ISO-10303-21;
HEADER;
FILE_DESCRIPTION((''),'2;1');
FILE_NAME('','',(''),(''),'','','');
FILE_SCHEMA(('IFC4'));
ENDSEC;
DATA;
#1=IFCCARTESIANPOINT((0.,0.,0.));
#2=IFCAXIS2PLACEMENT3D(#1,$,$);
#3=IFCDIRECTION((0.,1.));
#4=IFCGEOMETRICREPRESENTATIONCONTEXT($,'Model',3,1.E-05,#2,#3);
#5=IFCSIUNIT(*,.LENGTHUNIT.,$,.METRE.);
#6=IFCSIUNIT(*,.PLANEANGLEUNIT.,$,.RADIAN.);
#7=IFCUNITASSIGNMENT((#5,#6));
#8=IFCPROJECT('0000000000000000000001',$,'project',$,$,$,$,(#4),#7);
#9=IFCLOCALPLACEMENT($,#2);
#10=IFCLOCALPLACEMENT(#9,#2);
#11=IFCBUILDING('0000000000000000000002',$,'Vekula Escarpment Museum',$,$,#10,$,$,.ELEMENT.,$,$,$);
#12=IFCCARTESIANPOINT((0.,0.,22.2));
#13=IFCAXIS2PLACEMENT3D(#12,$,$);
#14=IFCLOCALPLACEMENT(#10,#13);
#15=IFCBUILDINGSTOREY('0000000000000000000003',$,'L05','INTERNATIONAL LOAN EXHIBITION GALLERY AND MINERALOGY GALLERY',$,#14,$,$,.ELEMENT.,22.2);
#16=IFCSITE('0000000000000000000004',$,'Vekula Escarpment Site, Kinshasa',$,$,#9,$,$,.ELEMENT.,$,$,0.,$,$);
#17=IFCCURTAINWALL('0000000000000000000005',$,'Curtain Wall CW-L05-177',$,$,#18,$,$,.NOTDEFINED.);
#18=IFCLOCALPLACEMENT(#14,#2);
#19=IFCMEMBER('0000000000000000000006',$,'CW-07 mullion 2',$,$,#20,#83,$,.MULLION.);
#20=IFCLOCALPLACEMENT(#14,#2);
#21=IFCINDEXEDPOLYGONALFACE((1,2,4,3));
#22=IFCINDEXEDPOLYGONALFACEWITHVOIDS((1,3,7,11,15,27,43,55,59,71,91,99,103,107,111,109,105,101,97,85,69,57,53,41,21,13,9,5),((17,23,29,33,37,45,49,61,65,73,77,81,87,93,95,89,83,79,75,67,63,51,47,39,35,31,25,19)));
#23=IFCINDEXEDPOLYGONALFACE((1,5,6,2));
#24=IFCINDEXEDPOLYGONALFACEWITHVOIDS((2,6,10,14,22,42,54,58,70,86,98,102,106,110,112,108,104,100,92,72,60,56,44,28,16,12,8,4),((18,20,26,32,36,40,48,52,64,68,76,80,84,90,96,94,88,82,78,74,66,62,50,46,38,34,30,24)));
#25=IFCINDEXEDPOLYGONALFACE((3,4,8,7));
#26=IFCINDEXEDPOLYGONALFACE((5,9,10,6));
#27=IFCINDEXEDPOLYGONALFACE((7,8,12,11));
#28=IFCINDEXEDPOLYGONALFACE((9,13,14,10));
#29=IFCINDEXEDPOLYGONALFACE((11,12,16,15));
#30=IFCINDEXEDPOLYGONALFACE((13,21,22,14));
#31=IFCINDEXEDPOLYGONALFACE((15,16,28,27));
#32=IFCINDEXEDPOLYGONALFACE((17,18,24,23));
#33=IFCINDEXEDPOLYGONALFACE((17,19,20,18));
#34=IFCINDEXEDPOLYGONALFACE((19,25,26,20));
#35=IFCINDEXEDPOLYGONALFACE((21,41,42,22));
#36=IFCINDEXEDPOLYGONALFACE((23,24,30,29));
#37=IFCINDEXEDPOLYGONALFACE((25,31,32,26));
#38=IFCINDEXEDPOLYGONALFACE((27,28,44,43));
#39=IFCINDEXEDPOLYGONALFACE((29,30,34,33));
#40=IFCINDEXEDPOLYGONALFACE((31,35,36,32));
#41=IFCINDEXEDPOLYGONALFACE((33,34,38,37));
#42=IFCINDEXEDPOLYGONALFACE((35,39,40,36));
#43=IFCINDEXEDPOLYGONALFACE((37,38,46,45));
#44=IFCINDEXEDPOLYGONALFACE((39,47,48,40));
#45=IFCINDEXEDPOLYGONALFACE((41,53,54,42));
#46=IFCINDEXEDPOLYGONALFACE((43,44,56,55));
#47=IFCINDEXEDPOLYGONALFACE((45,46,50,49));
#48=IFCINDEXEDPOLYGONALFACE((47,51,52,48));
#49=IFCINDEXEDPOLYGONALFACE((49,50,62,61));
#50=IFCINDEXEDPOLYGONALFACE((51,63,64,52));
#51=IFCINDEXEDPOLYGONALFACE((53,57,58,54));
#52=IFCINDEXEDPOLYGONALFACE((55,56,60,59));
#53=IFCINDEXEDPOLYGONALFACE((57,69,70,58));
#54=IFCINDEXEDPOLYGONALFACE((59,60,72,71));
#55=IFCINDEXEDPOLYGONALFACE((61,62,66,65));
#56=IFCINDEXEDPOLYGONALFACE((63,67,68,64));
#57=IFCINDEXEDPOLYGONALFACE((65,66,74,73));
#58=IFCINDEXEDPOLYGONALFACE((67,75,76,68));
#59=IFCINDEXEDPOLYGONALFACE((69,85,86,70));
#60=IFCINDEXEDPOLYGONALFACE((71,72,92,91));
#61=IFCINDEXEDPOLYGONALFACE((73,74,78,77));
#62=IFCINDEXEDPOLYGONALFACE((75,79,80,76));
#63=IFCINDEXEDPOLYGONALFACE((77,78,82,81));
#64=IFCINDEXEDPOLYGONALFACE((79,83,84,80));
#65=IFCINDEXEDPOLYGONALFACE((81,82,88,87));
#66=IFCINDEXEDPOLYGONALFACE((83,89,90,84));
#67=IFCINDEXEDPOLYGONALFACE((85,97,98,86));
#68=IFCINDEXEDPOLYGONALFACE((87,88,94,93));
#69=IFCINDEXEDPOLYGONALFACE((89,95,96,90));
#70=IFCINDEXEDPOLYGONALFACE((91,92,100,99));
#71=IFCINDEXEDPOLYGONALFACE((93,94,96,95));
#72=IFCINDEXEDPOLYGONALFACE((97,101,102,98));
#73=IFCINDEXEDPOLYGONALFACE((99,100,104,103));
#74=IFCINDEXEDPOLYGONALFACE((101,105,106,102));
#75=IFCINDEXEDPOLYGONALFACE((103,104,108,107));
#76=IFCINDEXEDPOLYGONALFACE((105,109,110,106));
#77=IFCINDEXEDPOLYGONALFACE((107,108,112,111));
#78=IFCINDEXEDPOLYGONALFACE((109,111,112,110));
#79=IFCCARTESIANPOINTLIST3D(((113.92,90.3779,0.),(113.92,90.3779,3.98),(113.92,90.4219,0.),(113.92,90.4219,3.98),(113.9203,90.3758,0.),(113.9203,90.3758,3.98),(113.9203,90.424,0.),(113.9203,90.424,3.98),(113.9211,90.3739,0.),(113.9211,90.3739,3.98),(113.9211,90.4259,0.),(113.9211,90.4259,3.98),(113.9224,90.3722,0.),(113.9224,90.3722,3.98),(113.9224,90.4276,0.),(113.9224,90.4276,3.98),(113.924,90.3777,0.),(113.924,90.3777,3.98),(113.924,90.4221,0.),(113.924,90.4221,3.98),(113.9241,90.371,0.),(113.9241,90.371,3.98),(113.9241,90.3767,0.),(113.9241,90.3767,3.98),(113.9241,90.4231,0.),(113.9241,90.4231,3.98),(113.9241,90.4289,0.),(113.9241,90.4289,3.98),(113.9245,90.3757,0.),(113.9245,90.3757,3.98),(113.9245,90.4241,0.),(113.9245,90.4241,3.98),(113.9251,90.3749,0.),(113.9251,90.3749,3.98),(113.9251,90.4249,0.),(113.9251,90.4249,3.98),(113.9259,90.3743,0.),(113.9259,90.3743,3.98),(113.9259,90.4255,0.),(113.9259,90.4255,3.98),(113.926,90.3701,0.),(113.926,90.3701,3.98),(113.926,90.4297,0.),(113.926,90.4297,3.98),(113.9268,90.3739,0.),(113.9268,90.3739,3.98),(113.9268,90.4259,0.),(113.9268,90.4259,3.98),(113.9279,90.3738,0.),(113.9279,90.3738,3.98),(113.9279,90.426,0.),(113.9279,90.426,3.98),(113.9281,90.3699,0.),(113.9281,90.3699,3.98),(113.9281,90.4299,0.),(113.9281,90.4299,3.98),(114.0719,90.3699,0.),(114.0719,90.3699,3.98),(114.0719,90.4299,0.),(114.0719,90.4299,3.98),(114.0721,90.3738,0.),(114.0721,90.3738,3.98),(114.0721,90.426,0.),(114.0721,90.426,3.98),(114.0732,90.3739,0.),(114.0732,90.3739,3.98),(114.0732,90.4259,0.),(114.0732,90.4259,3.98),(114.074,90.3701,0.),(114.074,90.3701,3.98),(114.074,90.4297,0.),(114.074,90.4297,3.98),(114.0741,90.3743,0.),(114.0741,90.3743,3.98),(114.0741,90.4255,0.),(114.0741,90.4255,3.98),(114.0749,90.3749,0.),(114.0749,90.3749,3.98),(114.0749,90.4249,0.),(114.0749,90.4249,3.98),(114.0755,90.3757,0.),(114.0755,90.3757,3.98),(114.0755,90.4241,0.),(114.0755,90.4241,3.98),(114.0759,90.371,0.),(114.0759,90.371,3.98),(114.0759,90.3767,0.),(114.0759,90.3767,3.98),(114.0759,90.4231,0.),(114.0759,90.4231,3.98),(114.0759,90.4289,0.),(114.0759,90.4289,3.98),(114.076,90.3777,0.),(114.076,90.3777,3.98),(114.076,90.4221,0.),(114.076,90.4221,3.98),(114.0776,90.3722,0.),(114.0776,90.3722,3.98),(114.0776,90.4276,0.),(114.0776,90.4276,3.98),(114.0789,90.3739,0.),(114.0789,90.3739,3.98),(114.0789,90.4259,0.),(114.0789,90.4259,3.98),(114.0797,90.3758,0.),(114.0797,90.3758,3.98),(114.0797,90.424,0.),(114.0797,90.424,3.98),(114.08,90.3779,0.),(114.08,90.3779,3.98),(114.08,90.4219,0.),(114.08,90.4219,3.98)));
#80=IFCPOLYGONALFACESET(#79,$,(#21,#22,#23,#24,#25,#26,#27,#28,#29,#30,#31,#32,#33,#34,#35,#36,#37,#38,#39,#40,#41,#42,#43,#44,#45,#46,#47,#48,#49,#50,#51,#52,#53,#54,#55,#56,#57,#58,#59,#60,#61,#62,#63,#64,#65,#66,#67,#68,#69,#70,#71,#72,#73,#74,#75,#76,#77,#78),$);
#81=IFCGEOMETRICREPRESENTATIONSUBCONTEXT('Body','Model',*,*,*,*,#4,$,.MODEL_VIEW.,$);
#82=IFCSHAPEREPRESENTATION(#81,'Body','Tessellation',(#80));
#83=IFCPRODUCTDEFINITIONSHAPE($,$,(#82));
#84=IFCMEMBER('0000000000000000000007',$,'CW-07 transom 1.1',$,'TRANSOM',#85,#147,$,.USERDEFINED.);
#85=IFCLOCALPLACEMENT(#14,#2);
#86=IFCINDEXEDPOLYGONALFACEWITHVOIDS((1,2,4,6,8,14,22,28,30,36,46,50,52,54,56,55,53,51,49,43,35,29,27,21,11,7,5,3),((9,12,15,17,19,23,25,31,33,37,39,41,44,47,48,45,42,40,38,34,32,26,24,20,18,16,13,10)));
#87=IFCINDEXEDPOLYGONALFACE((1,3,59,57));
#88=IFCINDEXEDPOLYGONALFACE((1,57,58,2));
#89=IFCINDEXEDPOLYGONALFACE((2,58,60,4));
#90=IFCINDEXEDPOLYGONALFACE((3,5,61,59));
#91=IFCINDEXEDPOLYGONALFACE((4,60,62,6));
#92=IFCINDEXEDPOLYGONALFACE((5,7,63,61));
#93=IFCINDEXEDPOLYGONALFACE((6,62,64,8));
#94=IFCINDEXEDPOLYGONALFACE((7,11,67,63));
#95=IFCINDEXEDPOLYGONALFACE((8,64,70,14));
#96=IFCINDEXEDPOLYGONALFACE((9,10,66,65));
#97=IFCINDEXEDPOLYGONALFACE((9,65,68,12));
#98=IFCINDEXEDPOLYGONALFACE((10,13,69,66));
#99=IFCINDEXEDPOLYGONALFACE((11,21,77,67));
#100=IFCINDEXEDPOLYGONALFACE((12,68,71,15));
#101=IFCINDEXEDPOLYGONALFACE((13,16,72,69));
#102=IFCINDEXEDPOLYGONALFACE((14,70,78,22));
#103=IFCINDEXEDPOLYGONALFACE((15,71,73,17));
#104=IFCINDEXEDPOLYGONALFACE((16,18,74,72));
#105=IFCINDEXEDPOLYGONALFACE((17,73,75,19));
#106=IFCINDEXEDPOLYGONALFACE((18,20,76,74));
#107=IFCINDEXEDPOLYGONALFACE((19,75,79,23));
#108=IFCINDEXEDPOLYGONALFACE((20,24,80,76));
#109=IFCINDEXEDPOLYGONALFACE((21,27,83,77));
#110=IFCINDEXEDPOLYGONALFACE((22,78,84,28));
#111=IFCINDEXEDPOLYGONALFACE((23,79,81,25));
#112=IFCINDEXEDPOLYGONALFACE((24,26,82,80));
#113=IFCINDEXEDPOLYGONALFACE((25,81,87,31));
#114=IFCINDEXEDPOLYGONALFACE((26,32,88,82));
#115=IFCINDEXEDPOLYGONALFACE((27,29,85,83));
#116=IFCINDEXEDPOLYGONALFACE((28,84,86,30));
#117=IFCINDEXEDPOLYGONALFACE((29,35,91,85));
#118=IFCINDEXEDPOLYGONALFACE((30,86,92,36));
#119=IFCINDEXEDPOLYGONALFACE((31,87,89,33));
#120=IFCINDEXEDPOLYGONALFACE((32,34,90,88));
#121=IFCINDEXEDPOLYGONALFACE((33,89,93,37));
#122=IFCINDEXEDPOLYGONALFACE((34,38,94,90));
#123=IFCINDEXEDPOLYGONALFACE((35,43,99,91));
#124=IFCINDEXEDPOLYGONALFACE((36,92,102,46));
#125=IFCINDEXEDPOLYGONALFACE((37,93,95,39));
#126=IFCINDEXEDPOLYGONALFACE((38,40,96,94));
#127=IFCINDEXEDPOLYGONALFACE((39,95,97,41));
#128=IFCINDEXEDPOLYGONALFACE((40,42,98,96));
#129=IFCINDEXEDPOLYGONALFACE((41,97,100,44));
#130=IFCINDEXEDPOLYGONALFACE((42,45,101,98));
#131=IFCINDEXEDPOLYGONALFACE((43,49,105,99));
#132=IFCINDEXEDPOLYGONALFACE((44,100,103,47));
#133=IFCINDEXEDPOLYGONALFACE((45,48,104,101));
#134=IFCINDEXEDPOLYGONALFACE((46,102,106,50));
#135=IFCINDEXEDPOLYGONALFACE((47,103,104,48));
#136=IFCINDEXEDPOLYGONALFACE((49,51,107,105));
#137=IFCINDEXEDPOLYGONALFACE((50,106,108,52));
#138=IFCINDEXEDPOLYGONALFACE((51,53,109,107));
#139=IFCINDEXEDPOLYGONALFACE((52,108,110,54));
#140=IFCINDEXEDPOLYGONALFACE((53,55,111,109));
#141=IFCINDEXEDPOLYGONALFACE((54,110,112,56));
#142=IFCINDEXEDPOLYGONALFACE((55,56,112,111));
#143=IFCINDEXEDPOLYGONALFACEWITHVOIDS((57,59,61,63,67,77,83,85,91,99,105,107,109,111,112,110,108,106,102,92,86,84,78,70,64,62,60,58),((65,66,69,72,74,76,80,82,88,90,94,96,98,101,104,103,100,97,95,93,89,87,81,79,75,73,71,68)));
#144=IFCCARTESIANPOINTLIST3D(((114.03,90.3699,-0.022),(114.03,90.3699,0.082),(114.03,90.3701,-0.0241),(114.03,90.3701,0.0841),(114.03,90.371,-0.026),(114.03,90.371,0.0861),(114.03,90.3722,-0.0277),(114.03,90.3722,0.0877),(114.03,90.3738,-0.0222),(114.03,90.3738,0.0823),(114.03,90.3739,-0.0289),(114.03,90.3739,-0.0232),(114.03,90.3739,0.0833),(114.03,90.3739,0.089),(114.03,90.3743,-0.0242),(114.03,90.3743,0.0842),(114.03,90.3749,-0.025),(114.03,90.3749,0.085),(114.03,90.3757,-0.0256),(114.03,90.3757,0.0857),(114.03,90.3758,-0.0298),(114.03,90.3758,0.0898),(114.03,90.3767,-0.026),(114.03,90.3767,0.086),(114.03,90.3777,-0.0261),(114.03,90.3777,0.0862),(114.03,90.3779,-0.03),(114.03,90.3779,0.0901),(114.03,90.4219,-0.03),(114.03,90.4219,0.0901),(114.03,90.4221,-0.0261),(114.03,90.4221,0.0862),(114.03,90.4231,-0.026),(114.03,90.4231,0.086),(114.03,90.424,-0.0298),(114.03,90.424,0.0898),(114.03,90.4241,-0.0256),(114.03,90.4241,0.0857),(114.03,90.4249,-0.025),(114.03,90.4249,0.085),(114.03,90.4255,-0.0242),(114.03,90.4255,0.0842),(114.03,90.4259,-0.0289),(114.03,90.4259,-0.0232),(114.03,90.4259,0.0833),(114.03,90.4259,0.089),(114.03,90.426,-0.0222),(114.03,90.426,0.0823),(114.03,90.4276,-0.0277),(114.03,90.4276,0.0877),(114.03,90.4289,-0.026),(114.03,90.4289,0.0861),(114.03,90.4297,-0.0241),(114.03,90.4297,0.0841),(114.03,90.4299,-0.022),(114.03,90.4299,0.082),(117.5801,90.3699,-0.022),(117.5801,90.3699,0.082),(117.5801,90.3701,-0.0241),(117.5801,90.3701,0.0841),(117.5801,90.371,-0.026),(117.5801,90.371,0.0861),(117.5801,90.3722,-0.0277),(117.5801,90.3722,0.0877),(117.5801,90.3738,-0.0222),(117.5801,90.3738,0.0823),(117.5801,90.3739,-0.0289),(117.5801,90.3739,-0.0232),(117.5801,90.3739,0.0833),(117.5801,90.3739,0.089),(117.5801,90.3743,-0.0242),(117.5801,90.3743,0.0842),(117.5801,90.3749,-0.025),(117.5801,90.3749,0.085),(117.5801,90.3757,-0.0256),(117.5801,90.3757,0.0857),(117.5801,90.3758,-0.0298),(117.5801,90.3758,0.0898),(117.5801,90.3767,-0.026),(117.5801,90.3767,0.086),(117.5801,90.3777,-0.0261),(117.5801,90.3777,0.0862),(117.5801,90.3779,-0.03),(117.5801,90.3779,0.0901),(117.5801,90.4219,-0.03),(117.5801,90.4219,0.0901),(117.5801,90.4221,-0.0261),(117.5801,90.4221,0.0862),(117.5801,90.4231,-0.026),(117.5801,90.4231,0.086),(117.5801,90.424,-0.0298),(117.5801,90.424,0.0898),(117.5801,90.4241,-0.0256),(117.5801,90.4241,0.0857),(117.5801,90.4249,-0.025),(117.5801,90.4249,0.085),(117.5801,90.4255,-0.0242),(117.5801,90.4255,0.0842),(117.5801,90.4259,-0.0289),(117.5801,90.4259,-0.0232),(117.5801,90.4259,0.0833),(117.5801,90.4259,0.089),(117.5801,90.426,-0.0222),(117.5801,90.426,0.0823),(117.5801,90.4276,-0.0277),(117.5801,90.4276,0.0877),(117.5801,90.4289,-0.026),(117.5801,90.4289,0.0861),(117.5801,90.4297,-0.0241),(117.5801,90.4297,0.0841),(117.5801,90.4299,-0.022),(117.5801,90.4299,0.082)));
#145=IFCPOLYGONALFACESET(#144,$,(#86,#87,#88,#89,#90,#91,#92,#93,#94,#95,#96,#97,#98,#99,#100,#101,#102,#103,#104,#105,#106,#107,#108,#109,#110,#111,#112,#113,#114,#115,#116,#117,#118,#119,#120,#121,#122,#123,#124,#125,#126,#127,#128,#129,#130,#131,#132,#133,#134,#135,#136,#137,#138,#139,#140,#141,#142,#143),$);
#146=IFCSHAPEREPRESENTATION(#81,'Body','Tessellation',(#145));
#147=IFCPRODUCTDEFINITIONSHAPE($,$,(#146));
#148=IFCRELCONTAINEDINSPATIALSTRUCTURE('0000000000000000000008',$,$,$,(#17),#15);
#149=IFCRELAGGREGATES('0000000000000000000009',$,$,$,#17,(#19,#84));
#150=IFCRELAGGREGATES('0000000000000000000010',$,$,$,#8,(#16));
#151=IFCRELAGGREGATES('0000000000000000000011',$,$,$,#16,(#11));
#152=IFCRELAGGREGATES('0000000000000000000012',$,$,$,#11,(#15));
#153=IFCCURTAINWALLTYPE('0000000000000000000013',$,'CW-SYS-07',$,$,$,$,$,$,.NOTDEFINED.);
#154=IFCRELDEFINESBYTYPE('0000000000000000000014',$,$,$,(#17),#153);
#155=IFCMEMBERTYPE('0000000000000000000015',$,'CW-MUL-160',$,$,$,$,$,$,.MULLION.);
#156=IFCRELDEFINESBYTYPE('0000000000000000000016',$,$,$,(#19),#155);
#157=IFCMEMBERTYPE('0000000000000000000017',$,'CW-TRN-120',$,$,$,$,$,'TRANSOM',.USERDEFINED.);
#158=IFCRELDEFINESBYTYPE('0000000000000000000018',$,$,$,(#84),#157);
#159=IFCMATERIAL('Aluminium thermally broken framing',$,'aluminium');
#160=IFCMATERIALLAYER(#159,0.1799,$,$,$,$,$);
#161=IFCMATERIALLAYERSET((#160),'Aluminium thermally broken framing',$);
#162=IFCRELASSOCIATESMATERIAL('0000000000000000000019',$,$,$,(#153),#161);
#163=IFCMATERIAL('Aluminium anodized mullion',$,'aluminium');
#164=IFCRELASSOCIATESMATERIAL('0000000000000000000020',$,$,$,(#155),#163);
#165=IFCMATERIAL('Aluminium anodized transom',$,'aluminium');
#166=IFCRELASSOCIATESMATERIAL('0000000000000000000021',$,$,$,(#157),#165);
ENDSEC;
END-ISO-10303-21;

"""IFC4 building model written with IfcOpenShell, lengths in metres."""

from ifc_helpers import new_model, si_unit, direction, frame, origin, origin_2d, place, context, subcontext, project, spatial, hollow_rectangle, extrude, material, layer, layer_set, material_profile, profile_set, type_object, element, aggregate, save


model = new_model("IFC4")

# Units and contexts
model_context = context("Model", 3, precision=1e-05, world=origin(), true_north=direction((0.0, 1.0)))
body_context = subcontext(model_context, "Body", "Model", "MODEL_VIEW")
ifc_project = project(units=[si_unit("LENGTHUNIT", "METRE"), si_unit("PLANEANGLEUNIT", "RADIAN")], contexts=[model_context])

# Site, building, storey
site_placement = place(None, origin())
site = spatial("IfcSite", under=ifc_project, at=site_placement, Name="Vekula Escarpment Site, Kinshasa", CompositionType="ELEMENT", RefElevation=0.0)
building_placement = place(site_placement, origin())
building = spatial("IfcBuilding", under=site, at=building_placement, Name="Vekula Escarpment Museum", CompositionType="ELEMENT")
storey_placement = place(building_placement, frame((0.0, 0.0, 22.2)))
storey = spatial("IfcBuildingStorey", under=building, at=storey_placement, Name="L05", Description="INTERNATIONAL LOAN EXHIBITION GALLERY AND MINERALOGY GALLERY", CompositionType="ELEMENT", Elevation=22.2)

# Curtain wall, members
ifc_material_1 = material(Name="Aluminium thermally broken framing", Category="aluminium")
ifc_layer_1 = layer(ifc_material_1, 0.1799)
ifc_layer_set_1 = layer_set([ifc_layer_1], Name="Aluminium thermally broken framing")
curtain_wall_type = type_object("IfcCurtainWallType", Name="CW-SYS-07", PredefinedType="NOTDEFINED", material=ifc_layer_set_1)
curtain_wall_placement = place(storey_placement, origin())
curtain_wall = element("IfcCurtainWall", 1, at=curtain_wall_placement, inside=storey, type_object=curtain_wall_type, Name="Curtain Wall CW-L05-177", PredefinedType="NOTDEFINED")
ifc_material_2 = material(Name="Aluminium anodized mullion", Category="aluminium")
ifc_material_profile_1 = material_profile(ifc_material_2, hollow_rectangle(XDim=0.0601, YDim=0.1599, WallThickness=0.0039, InnerFilletRadius=0.0039, OuterFilletRadius=0.0081, at=origin_2d()), Name="ALU 160x60x4")
ifc_profile_set_1 = profile_set([ifc_material_profile_1], Name="Aluminium anodized mullion")
member_type_1 = type_object("IfcMemberType", Name="CW-MUL-160", PredefinedType="MULLION", material=ifc_profile_set_1)
member_1_placement = place(storey_placement, frame((114.0, 90.3999, 0.0), z_axis=(0.0, 0.0, 1.0), x_axis=(0.0, -1.0, 0.0)))
member_1 = element("IfcMember", 2, at=member_1_placement, type_object=member_type_1, Name="CW-07 mullion 2", PredefinedType="MULLION", context=body_context, shape_type="SweptSolid", body=[
    extrude(hollow_rectangle(XDim=0.0601, YDim=0.1599, WallThickness=0.0039, InnerFilletRadius=0.0039, OuterFilletRadius=0.0081, at=origin_2d()), origin(), (0.0, 0.0, 1.0), 3.98),
])
ifc_material_3 = material(Name="Aluminium anodized transom", Category="aluminium")
ifc_material_profile_2 = material_profile(ifc_material_3, hollow_rectangle(XDim=0.0601, YDim=0.1201, WallThickness=0.0039, InnerFilletRadius=0.0039, OuterFilletRadius=0.0081, at=origin_2d()), Name="ALU 120x60x4")
ifc_profile_set_2 = profile_set([ifc_material_profile_2], Name="Aluminium anodized transom")
member_type_2 = type_object("IfcMemberType", Name="CW-TRN-120", ElementType="TRANSOM", PredefinedType="USERDEFINED", material=ifc_profile_set_2)
member_2_placement = place(storey_placement, frame((117.5801, 90.3999, 0.03), z_axis=(-1.0, 0.0, 0.0), x_axis=(0.0, -1.0, 0.0)))
member_2 = element("IfcMember", 3, at=member_2_placement, type_object=member_type_2, Name="CW-07 transom 1.1", ObjectType="TRANSOM", PredefinedType="USERDEFINED", context=body_context, shape_type="SweptSolid", body=[
    extrude(hollow_rectangle(XDim=0.0601, YDim=0.1201, WallThickness=0.0039, InnerFilletRadius=0.0039, OuterFilletRadius=0.0081, at=origin_2d()), origin(), (0.0, 0.0, 1.0), 3.55),
])

aggregate(curtain_wall, [member_1, member_2])

save(model, "model.ifc")
